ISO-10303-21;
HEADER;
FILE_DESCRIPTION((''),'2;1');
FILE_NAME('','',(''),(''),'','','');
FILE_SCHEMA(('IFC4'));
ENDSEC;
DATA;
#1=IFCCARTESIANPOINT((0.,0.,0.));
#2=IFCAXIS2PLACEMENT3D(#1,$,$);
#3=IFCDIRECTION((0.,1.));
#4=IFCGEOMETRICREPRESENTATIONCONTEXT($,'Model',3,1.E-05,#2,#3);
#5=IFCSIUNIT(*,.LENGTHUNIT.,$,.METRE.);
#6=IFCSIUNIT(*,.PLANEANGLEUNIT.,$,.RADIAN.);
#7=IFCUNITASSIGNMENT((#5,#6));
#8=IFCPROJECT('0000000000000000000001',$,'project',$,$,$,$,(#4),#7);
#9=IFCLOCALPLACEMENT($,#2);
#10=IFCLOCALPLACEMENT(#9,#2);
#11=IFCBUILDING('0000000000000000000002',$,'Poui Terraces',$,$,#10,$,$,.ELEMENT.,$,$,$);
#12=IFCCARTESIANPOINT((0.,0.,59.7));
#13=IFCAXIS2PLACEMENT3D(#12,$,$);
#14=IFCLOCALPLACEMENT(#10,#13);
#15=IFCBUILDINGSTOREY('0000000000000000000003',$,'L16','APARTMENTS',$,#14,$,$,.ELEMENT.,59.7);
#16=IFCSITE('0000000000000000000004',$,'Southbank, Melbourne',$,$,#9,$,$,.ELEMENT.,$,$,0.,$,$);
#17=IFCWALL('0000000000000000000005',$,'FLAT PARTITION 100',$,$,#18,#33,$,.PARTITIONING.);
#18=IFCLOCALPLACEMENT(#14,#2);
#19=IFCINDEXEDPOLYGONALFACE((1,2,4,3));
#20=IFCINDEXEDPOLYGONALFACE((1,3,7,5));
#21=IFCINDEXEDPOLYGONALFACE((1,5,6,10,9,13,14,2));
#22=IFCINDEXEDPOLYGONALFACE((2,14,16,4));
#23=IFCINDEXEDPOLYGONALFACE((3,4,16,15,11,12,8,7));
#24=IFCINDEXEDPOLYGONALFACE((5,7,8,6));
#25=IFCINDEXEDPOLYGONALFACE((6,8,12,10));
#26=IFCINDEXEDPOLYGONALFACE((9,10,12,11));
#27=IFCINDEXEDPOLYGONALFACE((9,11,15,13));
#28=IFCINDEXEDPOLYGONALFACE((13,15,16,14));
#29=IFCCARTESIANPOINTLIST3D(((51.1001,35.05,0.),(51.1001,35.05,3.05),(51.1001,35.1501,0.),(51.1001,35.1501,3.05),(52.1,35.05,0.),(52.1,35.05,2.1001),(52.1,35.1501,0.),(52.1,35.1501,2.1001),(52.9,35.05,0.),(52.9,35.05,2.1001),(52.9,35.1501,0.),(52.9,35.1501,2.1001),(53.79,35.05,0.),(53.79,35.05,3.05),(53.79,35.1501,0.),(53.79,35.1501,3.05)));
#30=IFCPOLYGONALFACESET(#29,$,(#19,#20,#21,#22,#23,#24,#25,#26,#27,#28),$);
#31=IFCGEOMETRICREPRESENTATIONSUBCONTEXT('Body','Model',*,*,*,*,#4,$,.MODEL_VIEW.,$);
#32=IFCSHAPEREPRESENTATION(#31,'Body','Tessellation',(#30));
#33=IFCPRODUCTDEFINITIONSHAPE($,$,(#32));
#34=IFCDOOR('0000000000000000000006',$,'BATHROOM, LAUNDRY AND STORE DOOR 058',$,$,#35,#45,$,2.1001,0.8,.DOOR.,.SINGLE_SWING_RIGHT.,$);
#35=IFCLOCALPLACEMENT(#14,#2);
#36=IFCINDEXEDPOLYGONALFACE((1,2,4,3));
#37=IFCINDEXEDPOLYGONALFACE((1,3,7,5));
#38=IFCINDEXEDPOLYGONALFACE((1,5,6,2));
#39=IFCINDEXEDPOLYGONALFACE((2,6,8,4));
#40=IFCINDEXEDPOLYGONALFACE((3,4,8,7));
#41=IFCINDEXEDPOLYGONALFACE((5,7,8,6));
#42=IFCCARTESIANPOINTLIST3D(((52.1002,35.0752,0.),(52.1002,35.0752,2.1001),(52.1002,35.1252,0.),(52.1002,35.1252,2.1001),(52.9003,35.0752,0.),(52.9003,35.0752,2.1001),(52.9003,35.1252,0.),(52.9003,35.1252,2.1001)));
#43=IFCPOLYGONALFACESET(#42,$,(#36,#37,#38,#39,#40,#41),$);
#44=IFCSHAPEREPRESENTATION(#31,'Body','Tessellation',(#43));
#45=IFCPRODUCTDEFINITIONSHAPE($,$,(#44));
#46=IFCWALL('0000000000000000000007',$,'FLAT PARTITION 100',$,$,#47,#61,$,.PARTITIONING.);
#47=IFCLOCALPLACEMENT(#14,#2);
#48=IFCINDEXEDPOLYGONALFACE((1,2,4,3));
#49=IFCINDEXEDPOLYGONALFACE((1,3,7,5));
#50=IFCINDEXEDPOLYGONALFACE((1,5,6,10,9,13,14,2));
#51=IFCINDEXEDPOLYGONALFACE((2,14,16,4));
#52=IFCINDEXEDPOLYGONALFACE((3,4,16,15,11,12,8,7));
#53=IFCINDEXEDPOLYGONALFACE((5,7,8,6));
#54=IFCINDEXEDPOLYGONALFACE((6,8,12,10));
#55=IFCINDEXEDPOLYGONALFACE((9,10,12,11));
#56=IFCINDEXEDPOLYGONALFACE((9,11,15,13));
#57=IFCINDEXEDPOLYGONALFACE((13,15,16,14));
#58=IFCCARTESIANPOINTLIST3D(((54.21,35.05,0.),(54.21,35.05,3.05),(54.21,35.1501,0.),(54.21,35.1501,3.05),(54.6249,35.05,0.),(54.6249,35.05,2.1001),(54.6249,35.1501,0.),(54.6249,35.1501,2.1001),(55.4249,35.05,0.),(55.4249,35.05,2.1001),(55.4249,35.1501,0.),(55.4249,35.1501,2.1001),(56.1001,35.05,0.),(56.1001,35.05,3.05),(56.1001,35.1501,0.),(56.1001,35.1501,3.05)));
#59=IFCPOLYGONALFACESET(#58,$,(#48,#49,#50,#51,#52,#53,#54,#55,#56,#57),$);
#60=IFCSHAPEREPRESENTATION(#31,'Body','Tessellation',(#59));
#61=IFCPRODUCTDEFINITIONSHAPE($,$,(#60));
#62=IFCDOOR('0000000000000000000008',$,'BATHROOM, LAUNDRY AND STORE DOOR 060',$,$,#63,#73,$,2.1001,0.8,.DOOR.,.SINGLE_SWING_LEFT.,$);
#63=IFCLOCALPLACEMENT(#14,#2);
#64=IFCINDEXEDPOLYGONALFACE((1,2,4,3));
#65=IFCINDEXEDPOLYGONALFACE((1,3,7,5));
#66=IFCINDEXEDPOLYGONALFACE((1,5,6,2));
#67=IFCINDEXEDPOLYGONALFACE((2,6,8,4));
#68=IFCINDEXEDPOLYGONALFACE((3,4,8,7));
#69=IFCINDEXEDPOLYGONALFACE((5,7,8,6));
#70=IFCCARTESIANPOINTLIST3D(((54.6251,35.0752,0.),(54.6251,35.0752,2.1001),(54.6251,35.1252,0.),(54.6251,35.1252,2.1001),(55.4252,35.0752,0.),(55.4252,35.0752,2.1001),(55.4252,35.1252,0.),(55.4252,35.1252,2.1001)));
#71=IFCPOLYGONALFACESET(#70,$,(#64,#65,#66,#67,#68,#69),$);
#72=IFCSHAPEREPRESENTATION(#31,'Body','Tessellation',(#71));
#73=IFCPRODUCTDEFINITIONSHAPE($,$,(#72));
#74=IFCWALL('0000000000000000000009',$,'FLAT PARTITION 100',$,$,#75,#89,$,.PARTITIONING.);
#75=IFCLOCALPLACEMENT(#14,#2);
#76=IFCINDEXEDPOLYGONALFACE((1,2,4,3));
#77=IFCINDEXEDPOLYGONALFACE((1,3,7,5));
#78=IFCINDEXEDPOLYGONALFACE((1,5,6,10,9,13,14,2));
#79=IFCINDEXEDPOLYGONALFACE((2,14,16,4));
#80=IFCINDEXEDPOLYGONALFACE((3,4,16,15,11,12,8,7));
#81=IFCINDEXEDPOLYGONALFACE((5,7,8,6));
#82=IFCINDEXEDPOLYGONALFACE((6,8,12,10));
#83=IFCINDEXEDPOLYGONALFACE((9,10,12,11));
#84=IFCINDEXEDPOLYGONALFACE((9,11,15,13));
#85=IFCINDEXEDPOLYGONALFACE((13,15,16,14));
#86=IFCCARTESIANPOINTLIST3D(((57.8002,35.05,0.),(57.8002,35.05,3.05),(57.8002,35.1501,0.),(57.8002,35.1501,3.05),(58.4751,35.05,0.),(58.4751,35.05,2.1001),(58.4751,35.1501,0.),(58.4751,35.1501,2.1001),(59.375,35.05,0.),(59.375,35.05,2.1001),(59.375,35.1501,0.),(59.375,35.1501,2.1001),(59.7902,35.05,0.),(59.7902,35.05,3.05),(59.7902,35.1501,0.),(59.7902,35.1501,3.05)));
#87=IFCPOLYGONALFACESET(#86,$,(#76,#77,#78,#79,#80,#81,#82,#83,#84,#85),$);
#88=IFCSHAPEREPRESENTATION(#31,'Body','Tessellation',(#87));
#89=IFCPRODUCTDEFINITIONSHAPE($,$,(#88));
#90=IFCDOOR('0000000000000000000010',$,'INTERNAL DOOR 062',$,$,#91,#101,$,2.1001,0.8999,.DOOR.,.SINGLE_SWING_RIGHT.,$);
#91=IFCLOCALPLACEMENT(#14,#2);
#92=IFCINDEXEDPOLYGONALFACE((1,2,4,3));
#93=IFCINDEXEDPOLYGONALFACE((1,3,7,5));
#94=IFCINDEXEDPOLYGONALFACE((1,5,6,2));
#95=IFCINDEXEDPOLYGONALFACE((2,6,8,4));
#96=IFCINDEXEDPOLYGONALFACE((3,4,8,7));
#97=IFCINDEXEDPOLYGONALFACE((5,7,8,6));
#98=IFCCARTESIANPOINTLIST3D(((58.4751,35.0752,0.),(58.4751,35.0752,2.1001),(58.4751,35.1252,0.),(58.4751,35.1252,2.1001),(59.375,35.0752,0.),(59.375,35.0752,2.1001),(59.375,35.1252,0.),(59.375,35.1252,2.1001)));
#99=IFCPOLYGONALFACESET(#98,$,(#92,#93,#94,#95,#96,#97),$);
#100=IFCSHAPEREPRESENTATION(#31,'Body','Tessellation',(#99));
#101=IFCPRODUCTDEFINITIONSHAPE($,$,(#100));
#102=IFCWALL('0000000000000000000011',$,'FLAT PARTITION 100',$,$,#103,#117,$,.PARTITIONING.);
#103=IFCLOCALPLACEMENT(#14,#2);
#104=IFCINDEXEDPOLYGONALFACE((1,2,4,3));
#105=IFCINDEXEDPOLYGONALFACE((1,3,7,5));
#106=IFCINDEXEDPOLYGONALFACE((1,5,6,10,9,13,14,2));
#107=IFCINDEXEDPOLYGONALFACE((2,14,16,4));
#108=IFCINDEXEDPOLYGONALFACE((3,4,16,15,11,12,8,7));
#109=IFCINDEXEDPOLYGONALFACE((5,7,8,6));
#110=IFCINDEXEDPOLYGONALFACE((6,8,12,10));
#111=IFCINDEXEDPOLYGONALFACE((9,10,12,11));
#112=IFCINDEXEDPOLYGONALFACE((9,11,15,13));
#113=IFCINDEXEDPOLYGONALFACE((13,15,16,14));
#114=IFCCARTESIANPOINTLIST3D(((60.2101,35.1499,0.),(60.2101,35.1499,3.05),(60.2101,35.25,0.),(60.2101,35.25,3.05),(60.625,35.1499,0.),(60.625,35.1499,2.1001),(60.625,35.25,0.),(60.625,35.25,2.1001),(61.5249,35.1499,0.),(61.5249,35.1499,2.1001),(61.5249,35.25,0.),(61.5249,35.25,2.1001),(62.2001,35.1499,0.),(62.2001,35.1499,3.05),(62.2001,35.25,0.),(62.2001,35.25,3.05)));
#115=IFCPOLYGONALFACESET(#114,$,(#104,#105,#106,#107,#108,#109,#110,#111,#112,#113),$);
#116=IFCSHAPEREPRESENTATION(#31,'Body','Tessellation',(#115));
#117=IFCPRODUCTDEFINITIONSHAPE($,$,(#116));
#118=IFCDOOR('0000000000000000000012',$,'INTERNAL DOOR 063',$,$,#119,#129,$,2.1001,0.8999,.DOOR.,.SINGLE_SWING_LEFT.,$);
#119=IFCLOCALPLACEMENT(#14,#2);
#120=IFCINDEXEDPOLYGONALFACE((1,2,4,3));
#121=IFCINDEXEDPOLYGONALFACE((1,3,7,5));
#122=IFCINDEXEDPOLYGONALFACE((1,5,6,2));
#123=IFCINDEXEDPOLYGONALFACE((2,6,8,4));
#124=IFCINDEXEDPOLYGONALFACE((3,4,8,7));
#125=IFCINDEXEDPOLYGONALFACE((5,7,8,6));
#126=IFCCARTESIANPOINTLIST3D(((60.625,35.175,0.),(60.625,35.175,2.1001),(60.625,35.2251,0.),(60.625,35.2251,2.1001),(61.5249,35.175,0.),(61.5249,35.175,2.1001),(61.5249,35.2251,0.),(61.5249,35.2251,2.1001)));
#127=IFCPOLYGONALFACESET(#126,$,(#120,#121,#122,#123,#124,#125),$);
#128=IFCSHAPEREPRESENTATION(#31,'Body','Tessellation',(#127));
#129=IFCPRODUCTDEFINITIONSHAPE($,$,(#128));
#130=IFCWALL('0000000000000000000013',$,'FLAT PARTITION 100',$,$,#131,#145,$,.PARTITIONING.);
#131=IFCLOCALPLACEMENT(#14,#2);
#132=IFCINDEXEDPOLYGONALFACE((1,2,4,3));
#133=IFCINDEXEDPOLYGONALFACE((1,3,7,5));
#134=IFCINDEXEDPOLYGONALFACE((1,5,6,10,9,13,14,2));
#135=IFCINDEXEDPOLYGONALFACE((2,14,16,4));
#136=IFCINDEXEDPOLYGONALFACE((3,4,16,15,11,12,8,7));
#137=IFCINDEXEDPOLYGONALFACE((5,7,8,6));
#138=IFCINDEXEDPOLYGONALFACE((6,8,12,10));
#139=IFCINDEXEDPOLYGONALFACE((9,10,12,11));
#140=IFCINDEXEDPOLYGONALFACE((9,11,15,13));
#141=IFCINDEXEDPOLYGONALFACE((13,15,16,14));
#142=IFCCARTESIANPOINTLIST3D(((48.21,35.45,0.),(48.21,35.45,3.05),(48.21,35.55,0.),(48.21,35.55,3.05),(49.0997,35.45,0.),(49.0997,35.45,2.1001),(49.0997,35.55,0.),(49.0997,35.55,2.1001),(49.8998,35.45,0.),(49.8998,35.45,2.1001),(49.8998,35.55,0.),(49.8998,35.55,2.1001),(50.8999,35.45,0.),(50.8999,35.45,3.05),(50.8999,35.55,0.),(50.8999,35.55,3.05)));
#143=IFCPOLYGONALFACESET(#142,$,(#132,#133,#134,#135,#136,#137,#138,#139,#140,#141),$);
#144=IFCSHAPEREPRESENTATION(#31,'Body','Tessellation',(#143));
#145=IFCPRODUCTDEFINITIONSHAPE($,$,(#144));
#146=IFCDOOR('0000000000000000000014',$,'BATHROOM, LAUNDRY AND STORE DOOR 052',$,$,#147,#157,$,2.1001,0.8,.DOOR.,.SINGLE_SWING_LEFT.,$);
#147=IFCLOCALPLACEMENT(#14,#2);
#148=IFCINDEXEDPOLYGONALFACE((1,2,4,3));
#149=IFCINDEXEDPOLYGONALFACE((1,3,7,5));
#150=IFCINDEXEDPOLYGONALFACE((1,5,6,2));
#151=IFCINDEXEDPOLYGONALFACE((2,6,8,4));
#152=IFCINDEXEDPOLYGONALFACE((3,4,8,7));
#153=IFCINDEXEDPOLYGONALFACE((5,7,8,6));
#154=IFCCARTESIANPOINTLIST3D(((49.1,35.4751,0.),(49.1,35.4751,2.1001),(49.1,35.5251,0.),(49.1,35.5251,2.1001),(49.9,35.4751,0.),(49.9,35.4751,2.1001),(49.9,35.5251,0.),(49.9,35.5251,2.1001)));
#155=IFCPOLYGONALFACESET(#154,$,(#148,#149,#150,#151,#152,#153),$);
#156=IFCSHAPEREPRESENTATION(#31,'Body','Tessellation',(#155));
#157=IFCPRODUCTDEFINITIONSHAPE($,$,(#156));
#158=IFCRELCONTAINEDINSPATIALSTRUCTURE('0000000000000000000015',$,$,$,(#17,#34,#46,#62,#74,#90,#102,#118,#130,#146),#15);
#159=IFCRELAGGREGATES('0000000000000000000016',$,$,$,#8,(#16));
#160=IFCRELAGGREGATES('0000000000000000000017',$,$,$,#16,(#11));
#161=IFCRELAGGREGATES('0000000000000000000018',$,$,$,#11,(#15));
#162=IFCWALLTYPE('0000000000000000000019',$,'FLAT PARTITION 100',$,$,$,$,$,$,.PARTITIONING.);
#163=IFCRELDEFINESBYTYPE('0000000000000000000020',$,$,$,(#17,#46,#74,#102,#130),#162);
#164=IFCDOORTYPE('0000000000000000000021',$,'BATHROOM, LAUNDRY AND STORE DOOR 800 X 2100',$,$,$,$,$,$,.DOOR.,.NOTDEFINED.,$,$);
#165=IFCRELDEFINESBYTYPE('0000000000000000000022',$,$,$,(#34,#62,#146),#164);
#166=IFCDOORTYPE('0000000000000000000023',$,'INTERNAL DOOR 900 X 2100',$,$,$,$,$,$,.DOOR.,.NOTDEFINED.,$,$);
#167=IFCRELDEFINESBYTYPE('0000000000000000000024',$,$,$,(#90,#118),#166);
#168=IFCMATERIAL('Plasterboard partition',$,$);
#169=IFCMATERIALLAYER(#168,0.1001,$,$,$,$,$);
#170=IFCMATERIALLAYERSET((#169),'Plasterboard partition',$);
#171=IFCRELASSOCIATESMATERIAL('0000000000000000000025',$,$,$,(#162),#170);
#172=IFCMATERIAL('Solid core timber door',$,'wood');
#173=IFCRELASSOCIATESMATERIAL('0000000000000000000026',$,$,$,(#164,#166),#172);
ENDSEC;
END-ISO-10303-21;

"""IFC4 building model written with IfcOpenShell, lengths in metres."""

from ifc_helpers import new_model, si_unit, direction, frame, frame_2d, origin, place, context, subcontext, project, spatial, rectangle, extrude, material, layer, layer_set, type_object, element, fill, save


model = new_model("IFC4")

# Units and contexts
model_context = context("Model", 3, precision=1e-05, world=origin(), true_north=direction((0.0, 1.0)))
body_context = subcontext(model_context, "Body", "Model", "MODEL_VIEW")
ifc_project = project(units=[si_unit("LENGTHUNIT", "METRE"), si_unit("PLANEANGLEUNIT", "RADIAN")], contexts=[model_context])

# Site, building, storey
site_placement = place(None, origin())
site = spatial("IfcSite", under=ifc_project, at=site_placement, Name="Southbank, Melbourne", CompositionType="ELEMENT", RefElevation=0.0)
building_placement = place(site_placement, origin())
building = spatial("IfcBuilding", under=site, at=building_placement, Name="Poui Terraces", CompositionType="ELEMENT")
storey_placement = place(building_placement, frame((0.0, 0.0, 59.7)))
storey = spatial("IfcBuildingStorey", under=building, at=storey_placement, Name="L16", Description="APARTMENTS", CompositionType="ELEMENT", Elevation=59.7)

# Walls, openings, doors
ifc_material_1 = material(Name="Plasterboard partition")
ifc_layer_1 = layer(ifc_material_1, 0.1001)
ifc_layer_set_1 = layer_set([ifc_layer_1], Name="Plasterboard partition")
wall_type_1 = type_object("IfcWallType", Name="FLAT PARTITION 100", PredefinedType="PARTITIONING", material=ifc_layer_set_1)
wall_1_placement = place(storey_placement, frame((51.1001, 35.1001, 0.0), z_axis=(0.0, 0.0, 1.0), x_axis=(1.0, 0.0, 0.0)))
wall_1 = element("IfcWall", 1, at=wall_1_placement, inside=storey, type_object=wall_type_1, Name="FLAT PARTITION 100", PredefinedType="PARTITIONING", context=body_context, shape_type="SweptSolid", body=[
    extrude(rectangle(XDim=2.6899, YDim=0.1001, at=frame_2d((1.345, 0.0))), origin(), (0.0, 0.0, 1.0), 3.05),
])
opening_1_placement = place(wall_1_placement, frame((1.0, 0.0, 0.0)))
opening_1 = element("IfcOpeningElement", 2, at=opening_1_placement, cuts=wall_1, PredefinedType="OPENING", context=body_context, shape_type="SweptSolid", body=[
    extrude(rectangle(XDim=0.8, YDim=2.1001, at=frame_2d((0.3999, 1.05))), frame((0.0, 0.0601, 0.0), z_axis=(0.0, -1.0, 0.0), x_axis=(1.0, 0.0, 0.0)), (0.0, 0.0, 1.0), 0.1201),
])
ifc_material_2 = material(Name="Solid core timber door", Category="wood")
door_type_1 = type_object("IfcDoorType", Name="BATHROOM, LAUNDRY AND STORE DOOR 800 X 2100", OperationType="NOTDEFINED", PredefinedType="DOOR", material=ifc_material_2)
door_1_placement = place(opening_1_placement, frame((0.8, 0.0, 0.0), z_axis=(0.0, 0.0, 1.0), x_axis=(-1.0, 0.0, 0.0)))
door_1 = element("IfcDoor", 3, at=door_1_placement, inside=storey, type_object=door_type_1, Name="BATHROOM, LAUNDRY AND STORE DOOR 058", OperationType="SINGLE_SWING_RIGHT", OverallHeight=2.1001, OverallWidth=0.8, PredefinedType="DOOR", context=body_context, shape_type="SweptSolid", body=[
    extrude(rectangle(XDim=0.8, YDim=2.1001, at=frame_2d((0.3999, 1.05))), frame((0.0, 0.0249, 0.0), z_axis=(0.0, -1.0, 0.0), x_axis=(1.0, 0.0, 0.0)), (0.0, 0.0, 1.0), 0.05),
])
fill(opening_1, door_1)
wall_2_placement = place(storey_placement, frame((54.21, 35.1001, 0.0), z_axis=(0.0, 0.0, 1.0), x_axis=(1.0, 0.0, 0.0)))
wall_2 = element("IfcWall", 4, at=wall_2_placement, inside=storey, type_object=wall_type_1, Name="FLAT PARTITION 100", PredefinedType="PARTITIONING", context=body_context, shape_type="SweptSolid", body=[
    extrude(rectangle(XDim=1.8901, YDim=0.1001, at=frame_2d((0.9451, 0.0))), origin(), (0.0, 0.0, 1.0), 3.05),
])
opening_2_placement = place(wall_2_placement, frame((0.415, 0.0, 0.0)))
opening_2 = element("IfcOpeningElement", 5, at=opening_2_placement, cuts=wall_2, PredefinedType="OPENING", context=body_context, shape_type="SweptSolid", body=[
    extrude(rectangle(XDim=0.8, YDim=2.1001, at=frame_2d((0.3999, 1.05))), frame((0.0, 0.0601, 0.0), z_axis=(0.0, -1.0, 0.0), x_axis=(1.0, 0.0, 0.0)), (0.0, 0.0, 1.0), 0.1201),
])
door_2_placement = place(opening_2_placement, frame((0.8, 0.0, 0.0), z_axis=(0.0, 0.0, 1.0), x_axis=(-1.0, 0.0, 0.0)))
door_2 = element("IfcDoor", 6, at=door_2_placement, inside=storey, type_object=door_type_1, Name="BATHROOM, LAUNDRY AND STORE DOOR 060", OperationType="SINGLE_SWING_LEFT", OverallHeight=2.1001, OverallWidth=0.8, PredefinedType="DOOR", context=body_context, shape_type="SweptSolid", body=[
    extrude(rectangle(XDim=0.8, YDim=2.1001, at=frame_2d((0.3999, 1.05))), frame((0.0, 0.0249, 0.0), z_axis=(0.0, -1.0, 0.0), x_axis=(1.0, 0.0, 0.0)), (0.0, 0.0, 1.0), 0.05),
])
fill(opening_2, door_2)
wall_3_placement = place(storey_placement, frame((57.8, 35.1001, 0.0), z_axis=(0.0, 0.0, 1.0), x_axis=(1.0, 0.0, 0.0)))
wall_3 = element("IfcWall", 7, at=wall_3_placement, inside=storey, type_object=wall_type_1, Name="FLAT PARTITION 100", PredefinedType="PARTITIONING", context=body_context, shape_type="SweptSolid", body=[
    extrude(rectangle(XDim=1.99, YDim=0.1001, at=frame_2d((0.9951, 0.0))), origin(), (0.0, 0.0, 1.0), 3.05),
])
opening_3_placement = place(wall_3_placement, frame((0.675, 0.0, 0.0)))
opening_3 = element("IfcOpeningElement", 8, at=opening_3_placement, cuts=wall_3, PredefinedType="OPENING", context=body_context, shape_type="SweptSolid", body=[
    extrude(rectangle(XDim=0.8999, YDim=2.1001, at=frame_2d((0.45, 1.05))), frame((0.0, 0.0601, 0.0), z_axis=(0.0, -1.0, 0.0), x_axis=(1.0, 0.0, 0.0)), (0.0, 0.0, 1.0), 0.1201),
])
door_type_2 = type_object("IfcDoorType", Name="INTERNAL DOOR 900 X 2100", OperationType="NOTDEFINED", PredefinedType="DOOR", material=ifc_material_2)
door_3_placement = place(opening_3_placement, frame((0.8999, 0.0, 0.0), z_axis=(0.0, 0.0, 1.0), x_axis=(-1.0, 0.0, 0.0)))
door_3 = element("IfcDoor", 9, at=door_3_placement, inside=storey, type_object=door_type_2, Name="INTERNAL DOOR 062", OperationType="SINGLE_SWING_RIGHT", OverallHeight=2.1001, OverallWidth=0.8999, PredefinedType="DOOR", context=body_context, shape_type="SweptSolid", body=[
    extrude(rectangle(XDim=0.8999, YDim=2.1001, at=frame_2d((0.45, 1.05))), frame((0.0, 0.0249, 0.0), z_axis=(0.0, -1.0, 0.0), x_axis=(1.0, 0.0, 0.0)), (0.0, 0.0, 1.0), 0.05),
])
fill(opening_3, door_3)
wall_4_placement = place(storey_placement, frame((60.21, 35.2, 0.0), z_axis=(0.0, 0.0, 1.0), x_axis=(1.0, 0.0, 0.0)))
wall_4 = element("IfcWall", 10, at=wall_4_placement, inside=storey, type_object=wall_type_1, Name="FLAT PARTITION 100", PredefinedType="PARTITIONING", context=body_context, shape_type="SweptSolid", body=[
    extrude(rectangle(XDim=1.99, YDim=0.1001, at=frame_2d((0.9951, 0.0))), origin(), (0.0, 0.0, 1.0), 3.05),
])
opening_4_placement = place(wall_4_placement, frame((0.415, 0.0, 0.0)))
opening_4 = element("IfcOpeningElement", 11, at=opening_4_placement, cuts=wall_4, PredefinedType="OPENING", context=body_context, shape_type="SweptSolid", body=[
    extrude(rectangle(XDim=0.8999, YDim=2.1001, at=frame_2d((0.45, 1.05))), frame((0.0, 0.0601, 0.0), z_axis=(0.0, -1.0, 0.0), x_axis=(1.0, 0.0, 0.0)), (0.0, 0.0, 1.0), 0.1201),
])
door_4_placement = place(opening_4_placement, frame((0.8999, 0.0, 0.0), z_axis=(0.0, 0.0, 1.0), x_axis=(-1.0, 0.0, 0.0)))
door_4 = element("IfcDoor", 12, at=door_4_placement, inside=storey, type_object=door_type_2, Name="INTERNAL DOOR 063", OperationType="SINGLE_SWING_LEFT", OverallHeight=2.1001, OverallWidth=0.8999, PredefinedType="DOOR", context=body_context, shape_type="SweptSolid", body=[
    extrude(rectangle(XDim=0.8999, YDim=2.1001, at=frame_2d((0.45, 1.05))), frame((0.0, 0.0249, 0.0), z_axis=(0.0, -1.0, 0.0), x_axis=(1.0, 0.0, 0.0)), (0.0, 0.0, 1.0), 0.05),
])
fill(opening_4, door_4)
wall_5_placement = place(storey_placement, frame((48.21, 35.5, 0.0), z_axis=(0.0, 0.0, 1.0), x_axis=(1.0, 0.0, 0.0)))
wall_5 = element("IfcWall", 13, at=wall_5_placement, inside=storey, type_object=wall_type_1, Name="FLAT PARTITION 100", PredefinedType="PARTITIONING", context=body_context, shape_type="SweptSolid", body=[
    extrude(rectangle(XDim=2.6899, YDim=0.1001, at=frame_2d((1.345, 0.0))), origin(), (0.0, 0.0, 1.0), 3.05),
])
opening_5_placement = place(wall_5_placement, frame((0.8899, 0.0, 0.0)))
opening_5 = element("IfcOpeningElement", 14, at=opening_5_placement, cuts=wall_5, PredefinedType="OPENING", context=body_context, shape_type="SweptSolid", body=[
    extrude(rectangle(XDim=0.8, YDim=2.1001, at=frame_2d((0.3999, 1.05))), frame((0.0, 0.0601, 0.0), z_axis=(0.0, -1.0, 0.0), x_axis=(1.0, 0.0, 0.0)), (0.0, 0.0, 1.0), 0.1201),
])
door_5_placement = place(opening_5_placement, frame((0.8, 0.0, 0.0), z_axis=(0.0, 0.0, 1.0), x_axis=(-1.0, 0.0, 0.0)))
door_5 = element("IfcDoor", 15, at=door_5_placement, inside=storey, type_object=door_type_1, Name="BATHROOM, LAUNDRY AND STORE DOOR 052", OperationType="SINGLE_SWING_LEFT", OverallHeight=2.1001, OverallWidth=0.8, PredefinedType="DOOR", context=body_context, shape_type="SweptSolid", body=[
    extrude(rectangle(XDim=0.8, YDim=2.1001, at=frame_2d((0.3999, 1.05))), frame((0.0, 0.0249, 0.0), z_axis=(0.0, -1.0, 0.0), x_axis=(1.0, 0.0, 0.0)), (0.0, 0.0, 1.0), 0.05),
])
fill(opening_5, door_5)

save(model, "model.ifc")
